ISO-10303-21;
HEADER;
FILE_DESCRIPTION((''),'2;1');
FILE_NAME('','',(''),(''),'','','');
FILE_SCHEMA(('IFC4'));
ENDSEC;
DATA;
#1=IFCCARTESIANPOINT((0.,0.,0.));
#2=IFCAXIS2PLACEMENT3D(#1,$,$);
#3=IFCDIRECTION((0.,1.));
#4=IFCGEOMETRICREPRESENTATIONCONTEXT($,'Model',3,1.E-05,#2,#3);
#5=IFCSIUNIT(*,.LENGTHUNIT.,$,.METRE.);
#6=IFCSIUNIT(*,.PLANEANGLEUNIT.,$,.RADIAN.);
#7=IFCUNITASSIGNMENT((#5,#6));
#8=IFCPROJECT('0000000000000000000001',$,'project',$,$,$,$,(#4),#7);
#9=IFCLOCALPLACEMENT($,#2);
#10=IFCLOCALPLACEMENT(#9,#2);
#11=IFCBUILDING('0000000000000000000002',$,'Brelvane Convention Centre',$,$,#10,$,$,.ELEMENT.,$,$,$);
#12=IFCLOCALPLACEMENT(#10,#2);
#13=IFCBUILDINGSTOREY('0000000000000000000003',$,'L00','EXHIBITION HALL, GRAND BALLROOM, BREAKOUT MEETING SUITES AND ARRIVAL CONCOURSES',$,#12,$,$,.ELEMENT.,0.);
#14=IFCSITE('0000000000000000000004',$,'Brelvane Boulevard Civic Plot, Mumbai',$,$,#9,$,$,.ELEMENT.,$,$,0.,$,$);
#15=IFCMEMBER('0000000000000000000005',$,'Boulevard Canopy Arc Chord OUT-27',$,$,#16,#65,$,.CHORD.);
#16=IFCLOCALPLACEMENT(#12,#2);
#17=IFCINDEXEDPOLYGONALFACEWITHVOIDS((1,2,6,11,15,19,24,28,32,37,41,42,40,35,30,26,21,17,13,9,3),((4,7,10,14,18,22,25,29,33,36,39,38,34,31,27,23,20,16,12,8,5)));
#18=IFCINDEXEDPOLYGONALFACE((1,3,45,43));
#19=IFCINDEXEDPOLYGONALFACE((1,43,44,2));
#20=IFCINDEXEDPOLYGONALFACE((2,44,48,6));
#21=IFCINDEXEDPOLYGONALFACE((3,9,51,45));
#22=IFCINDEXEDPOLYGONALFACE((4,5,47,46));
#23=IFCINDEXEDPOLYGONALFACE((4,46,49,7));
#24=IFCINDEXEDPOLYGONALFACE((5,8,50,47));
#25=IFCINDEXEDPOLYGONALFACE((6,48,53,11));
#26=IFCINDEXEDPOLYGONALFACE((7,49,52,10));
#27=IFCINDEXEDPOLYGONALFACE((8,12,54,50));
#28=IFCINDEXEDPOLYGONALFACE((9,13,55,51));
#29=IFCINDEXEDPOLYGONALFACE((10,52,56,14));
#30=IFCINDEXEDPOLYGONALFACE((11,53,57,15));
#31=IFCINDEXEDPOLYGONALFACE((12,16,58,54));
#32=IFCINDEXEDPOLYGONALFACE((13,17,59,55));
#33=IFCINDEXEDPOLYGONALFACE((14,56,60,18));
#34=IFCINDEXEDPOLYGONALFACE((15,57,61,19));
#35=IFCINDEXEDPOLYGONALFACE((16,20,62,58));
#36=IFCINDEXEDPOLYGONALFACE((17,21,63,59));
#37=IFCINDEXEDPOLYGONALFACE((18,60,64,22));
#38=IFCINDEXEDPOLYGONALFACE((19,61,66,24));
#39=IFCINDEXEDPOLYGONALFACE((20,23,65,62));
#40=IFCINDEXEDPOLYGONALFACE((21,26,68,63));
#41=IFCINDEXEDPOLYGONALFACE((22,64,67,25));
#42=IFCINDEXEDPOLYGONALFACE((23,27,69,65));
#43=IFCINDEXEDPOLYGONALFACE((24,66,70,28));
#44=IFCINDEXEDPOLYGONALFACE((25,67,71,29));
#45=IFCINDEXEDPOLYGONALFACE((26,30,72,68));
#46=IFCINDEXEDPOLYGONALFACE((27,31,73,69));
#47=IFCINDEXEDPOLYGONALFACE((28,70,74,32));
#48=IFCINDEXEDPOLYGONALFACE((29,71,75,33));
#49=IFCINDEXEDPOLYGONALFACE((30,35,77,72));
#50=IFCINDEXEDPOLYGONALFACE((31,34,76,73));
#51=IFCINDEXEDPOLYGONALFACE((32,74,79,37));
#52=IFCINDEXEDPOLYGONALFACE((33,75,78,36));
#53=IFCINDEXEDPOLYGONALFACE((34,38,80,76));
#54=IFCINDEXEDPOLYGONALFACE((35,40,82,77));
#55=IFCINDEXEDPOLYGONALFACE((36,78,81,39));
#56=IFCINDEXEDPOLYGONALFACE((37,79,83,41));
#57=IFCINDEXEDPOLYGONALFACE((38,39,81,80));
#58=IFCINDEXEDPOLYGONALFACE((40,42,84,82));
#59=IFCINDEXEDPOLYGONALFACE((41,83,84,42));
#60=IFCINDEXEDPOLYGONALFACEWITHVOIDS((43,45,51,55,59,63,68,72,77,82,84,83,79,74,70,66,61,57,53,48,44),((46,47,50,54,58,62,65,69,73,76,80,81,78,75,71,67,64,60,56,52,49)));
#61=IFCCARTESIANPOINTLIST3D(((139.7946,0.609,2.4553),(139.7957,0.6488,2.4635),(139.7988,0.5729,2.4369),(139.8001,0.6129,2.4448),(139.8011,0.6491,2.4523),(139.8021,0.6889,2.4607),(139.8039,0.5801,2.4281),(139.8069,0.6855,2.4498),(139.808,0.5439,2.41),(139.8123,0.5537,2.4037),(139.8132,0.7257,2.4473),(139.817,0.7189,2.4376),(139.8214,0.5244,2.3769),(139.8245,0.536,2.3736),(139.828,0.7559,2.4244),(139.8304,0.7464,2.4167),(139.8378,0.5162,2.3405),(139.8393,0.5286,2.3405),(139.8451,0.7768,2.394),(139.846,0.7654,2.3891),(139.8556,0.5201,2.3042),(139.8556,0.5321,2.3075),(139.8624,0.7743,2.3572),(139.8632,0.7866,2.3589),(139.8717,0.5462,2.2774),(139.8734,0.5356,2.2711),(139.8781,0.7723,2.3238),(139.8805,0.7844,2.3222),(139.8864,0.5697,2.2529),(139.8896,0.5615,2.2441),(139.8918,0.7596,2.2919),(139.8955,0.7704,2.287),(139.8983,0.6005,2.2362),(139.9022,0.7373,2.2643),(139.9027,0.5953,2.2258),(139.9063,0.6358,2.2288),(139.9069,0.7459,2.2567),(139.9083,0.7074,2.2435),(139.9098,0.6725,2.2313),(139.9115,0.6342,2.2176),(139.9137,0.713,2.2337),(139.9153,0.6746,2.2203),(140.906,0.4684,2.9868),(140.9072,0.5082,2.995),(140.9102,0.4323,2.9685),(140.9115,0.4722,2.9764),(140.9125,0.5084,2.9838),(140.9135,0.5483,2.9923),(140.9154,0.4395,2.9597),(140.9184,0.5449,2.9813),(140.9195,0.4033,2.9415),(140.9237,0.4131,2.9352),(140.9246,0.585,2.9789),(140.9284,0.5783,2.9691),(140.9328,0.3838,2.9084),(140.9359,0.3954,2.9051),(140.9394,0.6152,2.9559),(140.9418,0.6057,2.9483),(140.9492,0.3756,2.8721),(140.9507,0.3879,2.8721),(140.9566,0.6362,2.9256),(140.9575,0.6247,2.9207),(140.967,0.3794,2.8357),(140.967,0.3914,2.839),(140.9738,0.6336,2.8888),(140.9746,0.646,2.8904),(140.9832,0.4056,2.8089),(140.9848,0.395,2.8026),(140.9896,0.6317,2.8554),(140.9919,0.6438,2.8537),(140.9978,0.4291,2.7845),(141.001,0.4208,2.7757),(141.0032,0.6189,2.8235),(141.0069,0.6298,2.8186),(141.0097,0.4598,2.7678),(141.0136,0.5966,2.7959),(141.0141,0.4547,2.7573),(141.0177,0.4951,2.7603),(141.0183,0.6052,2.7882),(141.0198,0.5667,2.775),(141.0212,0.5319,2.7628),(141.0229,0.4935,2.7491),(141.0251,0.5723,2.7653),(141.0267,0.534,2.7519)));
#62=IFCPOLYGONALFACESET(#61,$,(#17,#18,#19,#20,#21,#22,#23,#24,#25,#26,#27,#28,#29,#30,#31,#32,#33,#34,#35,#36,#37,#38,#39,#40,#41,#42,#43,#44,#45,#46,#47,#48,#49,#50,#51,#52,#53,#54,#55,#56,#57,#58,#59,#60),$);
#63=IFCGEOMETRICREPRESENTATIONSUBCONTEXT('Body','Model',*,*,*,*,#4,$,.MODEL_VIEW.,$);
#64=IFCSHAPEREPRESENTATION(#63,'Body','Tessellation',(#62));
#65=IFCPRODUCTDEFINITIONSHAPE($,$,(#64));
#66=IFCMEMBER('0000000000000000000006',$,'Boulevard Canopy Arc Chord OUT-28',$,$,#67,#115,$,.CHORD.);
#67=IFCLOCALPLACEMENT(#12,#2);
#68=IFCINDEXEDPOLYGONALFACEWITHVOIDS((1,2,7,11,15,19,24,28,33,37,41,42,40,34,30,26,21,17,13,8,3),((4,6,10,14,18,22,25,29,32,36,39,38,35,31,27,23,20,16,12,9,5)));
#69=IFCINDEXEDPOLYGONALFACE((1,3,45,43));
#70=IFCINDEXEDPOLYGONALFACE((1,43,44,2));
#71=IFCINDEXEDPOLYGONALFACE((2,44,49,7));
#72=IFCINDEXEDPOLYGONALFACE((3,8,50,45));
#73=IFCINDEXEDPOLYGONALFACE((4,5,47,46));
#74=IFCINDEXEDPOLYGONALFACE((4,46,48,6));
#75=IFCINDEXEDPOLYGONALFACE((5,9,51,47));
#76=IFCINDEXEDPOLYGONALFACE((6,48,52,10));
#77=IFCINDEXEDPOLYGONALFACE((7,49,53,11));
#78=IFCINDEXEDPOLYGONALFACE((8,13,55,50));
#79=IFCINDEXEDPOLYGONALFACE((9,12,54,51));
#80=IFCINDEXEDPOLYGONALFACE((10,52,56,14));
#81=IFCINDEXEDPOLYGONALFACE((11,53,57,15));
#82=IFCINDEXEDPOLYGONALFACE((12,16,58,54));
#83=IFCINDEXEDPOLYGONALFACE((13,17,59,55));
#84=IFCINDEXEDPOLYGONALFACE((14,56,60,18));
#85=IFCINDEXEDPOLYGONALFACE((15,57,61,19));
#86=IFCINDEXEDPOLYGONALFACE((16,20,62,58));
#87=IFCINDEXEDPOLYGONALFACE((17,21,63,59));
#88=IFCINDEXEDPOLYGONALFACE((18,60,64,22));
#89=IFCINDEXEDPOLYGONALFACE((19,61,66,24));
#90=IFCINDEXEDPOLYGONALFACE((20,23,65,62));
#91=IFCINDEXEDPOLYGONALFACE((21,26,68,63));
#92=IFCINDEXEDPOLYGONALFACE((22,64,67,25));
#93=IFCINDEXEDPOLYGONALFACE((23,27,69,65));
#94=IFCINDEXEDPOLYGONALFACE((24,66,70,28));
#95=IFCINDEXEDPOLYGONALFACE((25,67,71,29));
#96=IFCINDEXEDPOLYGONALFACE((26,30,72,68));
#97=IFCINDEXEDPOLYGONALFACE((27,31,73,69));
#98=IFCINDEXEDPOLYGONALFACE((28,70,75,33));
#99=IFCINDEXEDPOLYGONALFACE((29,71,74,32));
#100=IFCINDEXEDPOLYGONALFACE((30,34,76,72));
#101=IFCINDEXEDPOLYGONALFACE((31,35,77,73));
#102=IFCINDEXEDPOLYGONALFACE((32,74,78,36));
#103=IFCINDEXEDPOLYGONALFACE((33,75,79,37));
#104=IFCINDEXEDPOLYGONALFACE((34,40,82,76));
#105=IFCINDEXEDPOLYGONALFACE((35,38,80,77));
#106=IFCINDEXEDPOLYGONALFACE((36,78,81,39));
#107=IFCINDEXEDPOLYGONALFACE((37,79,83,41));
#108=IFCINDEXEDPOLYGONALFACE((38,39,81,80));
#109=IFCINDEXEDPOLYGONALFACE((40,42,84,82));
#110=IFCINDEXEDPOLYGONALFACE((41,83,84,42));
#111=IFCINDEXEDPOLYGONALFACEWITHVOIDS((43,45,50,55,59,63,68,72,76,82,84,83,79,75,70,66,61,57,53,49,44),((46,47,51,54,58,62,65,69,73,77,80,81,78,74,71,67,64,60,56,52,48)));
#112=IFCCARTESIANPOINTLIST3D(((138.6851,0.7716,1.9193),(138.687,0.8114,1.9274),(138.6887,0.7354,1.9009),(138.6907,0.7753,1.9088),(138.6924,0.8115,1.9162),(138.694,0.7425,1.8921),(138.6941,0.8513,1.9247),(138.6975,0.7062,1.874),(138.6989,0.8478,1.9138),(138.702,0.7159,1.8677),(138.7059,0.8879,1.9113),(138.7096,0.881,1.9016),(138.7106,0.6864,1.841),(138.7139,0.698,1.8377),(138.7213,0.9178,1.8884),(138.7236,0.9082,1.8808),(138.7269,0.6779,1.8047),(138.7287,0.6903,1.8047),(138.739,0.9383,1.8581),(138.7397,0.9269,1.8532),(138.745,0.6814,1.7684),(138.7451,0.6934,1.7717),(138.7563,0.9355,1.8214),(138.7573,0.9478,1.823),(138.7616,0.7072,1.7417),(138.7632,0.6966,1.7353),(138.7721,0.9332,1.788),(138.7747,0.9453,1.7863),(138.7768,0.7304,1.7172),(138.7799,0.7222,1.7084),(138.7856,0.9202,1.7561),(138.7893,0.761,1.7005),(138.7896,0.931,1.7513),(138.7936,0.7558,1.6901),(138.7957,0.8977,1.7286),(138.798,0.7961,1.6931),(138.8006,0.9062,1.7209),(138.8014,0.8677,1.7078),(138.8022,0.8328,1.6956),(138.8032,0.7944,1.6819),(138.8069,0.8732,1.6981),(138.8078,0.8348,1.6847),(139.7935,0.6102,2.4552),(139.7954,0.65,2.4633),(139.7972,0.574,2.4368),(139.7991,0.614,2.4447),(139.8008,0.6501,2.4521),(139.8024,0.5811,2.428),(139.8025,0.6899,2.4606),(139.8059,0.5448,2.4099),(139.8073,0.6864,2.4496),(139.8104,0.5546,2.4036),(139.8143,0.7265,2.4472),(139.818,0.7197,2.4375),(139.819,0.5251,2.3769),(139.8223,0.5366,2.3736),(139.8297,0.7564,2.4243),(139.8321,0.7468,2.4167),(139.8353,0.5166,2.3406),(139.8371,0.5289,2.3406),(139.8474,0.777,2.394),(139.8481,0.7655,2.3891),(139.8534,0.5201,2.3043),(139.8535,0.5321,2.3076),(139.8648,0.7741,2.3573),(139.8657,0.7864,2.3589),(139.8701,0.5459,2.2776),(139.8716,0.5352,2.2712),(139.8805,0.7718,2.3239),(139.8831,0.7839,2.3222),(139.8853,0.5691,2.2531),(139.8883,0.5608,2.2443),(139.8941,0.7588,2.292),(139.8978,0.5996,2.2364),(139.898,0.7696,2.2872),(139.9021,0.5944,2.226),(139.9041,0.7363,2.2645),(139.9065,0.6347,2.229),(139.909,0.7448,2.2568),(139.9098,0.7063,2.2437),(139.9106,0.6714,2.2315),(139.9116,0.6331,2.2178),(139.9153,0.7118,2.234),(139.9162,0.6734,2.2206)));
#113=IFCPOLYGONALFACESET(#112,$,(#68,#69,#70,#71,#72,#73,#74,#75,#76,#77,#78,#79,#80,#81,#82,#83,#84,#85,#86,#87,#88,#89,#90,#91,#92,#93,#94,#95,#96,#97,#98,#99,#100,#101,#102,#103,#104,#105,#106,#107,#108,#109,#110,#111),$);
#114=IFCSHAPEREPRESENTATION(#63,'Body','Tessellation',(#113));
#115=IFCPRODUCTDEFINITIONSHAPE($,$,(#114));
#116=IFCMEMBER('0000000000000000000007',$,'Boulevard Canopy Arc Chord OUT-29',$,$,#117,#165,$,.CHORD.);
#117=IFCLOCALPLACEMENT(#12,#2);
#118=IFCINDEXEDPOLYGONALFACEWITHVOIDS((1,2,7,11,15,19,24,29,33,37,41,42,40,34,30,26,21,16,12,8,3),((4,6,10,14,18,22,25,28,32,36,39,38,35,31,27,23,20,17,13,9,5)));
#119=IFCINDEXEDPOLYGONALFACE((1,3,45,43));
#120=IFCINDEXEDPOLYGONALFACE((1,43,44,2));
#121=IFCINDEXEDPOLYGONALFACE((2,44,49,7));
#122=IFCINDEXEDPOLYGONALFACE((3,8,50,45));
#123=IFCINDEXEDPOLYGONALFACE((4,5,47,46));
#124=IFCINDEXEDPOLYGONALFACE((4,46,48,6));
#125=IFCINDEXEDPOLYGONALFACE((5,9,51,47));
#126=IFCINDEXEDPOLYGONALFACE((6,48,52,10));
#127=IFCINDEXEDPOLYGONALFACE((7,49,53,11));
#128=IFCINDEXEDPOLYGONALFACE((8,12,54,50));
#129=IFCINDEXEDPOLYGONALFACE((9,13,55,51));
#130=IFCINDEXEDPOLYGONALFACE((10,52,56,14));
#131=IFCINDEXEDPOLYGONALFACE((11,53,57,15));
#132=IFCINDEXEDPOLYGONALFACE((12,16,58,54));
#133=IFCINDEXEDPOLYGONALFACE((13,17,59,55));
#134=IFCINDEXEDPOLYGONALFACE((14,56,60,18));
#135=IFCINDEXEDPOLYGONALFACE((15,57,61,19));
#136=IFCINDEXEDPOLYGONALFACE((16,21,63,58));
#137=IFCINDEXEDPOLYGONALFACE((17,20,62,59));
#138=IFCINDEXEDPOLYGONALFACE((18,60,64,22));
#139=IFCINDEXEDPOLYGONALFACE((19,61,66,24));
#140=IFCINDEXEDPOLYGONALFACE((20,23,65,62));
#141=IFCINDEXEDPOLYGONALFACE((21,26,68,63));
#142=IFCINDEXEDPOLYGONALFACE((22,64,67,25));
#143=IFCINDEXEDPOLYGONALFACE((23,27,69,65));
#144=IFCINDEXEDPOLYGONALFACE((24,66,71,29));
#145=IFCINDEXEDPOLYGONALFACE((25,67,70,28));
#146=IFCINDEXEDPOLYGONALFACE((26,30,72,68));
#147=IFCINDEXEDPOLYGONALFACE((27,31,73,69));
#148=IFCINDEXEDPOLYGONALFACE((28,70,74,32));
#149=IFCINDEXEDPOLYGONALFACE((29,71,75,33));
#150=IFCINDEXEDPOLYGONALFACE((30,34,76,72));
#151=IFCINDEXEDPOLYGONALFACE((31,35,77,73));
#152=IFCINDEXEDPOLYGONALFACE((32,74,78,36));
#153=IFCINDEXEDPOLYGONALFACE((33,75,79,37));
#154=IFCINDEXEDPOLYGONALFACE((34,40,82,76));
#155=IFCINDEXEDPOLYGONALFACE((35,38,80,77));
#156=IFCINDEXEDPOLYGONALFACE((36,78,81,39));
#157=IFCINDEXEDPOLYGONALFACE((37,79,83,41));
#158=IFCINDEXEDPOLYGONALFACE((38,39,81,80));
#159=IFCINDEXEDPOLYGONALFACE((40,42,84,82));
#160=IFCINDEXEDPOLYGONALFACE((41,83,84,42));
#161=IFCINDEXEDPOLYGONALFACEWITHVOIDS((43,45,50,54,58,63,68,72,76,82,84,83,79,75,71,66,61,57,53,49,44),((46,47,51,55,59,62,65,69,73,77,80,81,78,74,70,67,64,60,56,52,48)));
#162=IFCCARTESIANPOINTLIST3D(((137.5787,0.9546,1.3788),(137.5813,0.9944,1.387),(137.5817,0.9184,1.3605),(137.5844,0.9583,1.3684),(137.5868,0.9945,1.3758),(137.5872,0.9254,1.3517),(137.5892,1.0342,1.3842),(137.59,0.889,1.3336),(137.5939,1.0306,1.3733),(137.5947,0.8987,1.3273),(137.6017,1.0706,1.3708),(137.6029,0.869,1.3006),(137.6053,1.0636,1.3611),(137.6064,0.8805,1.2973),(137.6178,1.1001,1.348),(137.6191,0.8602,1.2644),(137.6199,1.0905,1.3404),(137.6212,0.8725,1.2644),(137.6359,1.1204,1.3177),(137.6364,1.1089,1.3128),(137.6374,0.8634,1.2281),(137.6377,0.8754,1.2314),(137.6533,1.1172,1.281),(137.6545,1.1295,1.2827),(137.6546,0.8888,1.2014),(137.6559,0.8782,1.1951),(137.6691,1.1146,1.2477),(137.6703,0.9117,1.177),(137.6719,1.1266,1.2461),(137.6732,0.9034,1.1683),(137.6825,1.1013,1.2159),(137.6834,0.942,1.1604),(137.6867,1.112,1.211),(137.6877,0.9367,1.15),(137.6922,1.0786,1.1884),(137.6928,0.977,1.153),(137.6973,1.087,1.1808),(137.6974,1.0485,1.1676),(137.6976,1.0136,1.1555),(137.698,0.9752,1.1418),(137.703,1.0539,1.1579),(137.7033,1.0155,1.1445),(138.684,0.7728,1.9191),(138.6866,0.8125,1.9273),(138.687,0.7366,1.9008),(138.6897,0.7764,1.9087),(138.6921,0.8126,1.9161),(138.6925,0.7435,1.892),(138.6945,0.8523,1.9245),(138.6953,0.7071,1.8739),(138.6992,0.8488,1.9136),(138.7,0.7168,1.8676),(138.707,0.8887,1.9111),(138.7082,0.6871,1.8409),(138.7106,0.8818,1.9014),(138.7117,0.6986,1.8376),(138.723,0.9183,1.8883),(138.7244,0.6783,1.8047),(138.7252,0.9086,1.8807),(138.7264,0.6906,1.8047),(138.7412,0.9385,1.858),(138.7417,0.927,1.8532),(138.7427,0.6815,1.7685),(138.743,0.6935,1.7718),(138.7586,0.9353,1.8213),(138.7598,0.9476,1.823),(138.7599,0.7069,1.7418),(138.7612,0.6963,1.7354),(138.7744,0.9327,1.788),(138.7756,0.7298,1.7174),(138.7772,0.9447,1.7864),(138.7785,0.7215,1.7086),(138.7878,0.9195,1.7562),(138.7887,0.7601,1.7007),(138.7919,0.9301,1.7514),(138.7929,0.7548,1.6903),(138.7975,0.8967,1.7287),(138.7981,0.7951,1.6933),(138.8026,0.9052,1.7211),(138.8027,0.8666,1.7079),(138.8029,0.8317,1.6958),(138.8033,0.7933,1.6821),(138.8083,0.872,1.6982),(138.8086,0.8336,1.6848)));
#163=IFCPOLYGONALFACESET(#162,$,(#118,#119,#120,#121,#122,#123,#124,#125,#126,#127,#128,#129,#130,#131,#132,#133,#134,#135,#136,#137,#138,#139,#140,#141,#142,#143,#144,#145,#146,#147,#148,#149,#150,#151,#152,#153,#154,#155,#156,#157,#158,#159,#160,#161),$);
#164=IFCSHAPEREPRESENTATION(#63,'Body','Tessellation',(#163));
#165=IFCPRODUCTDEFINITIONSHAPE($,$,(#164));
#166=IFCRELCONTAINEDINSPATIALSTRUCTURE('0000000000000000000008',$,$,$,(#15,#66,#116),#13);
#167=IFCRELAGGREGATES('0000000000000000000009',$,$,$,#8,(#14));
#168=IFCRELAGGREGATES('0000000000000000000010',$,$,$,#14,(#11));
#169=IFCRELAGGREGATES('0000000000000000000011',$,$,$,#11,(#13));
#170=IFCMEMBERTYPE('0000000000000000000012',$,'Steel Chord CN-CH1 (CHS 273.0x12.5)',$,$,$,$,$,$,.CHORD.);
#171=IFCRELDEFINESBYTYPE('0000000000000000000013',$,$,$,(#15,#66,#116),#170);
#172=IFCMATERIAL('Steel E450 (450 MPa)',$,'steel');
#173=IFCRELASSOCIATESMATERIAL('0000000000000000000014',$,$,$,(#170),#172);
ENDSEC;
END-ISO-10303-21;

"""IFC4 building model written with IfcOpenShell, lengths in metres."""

from ifc_helpers import new_model, si_unit, direction, frame, origin, origin_2d, place, context, subcontext, project, spatial, hollow_circle, extrude, material, material_profile, profile_set, type_object, element, save


model = new_model("IFC4")

# Units and contexts
model_context = context("Model", 3, precision=1e-05, world=origin(), true_north=direction((0.0, 1.0)))
body_context = subcontext(model_context, "Body", "Model", "MODEL_VIEW")
ifc_project = project(units=[si_unit("LENGTHUNIT", "METRE"), si_unit("PLANEANGLEUNIT", "RADIAN")], contexts=[model_context])

# Site, building, storey
site_placement = place(None, origin())
site = spatial("IfcSite", under=ifc_project, at=site_placement, Name="Brelvane Boulevard Civic Plot, Mumbai", CompositionType="ELEMENT", RefElevation=0.0)
building_placement = place(site_placement, origin())
building = spatial("IfcBuilding", under=site, at=building_placement, Name="Brelvane Convention Centre", CompositionType="ELEMENT")
storey_placement = place(building_placement, origin())
storey = spatial("IfcBuildingStorey", under=building, at=storey_placement, Name="L00", Description="EXHIBITION HALL, GRAND BALLROOM, BREAKOUT MEETING SUITES AND ARRIVAL CONCOURSES", CompositionType="ELEMENT", Elevation=0.0)

# Members
ifc_material_1 = material(Name="Steel E450 (450 MPa)", Category="steel")
ifc_material_profile_1 = material_profile(ifc_material_1, hollow_circle(Radius=0.1365, WallThickness=0.0125, at=origin_2d()), Name="CHS 273.0x12.5")
ifc_profile_set_1 = profile_set([ifc_material_profile_1], Name="Steel E450 (450 MPa)")
member_type_1 = type_object("IfcMemberType", Name="Steel Chord CN-CH1 (CHS 273.0x12.5)", PredefinedType="CHORD", material=ifc_profile_set_1)
member_1_placement = place(storey_placement, frame((140.9663, 0.511, 2.8721), z_axis=(-0.896316, 0.113418, -0.428665), x_axis=(-0.125537, -0.992089, 0.0)))
element("IfcMember", 1, at=member_1_placement, inside=storey, type_object=member_type_1, Name="Boulevard Canopy Arc Chord OUT-27", PredefinedType="CHORD", context=body_context, shape_type="SweptSolid", body=[
    extrude(hollow_circle(Radius=0.1365, WallThickness=0.0125, at=origin_2d()), origin(), (0.0, 0.0, 1.0), 1.24),
])
member_2_placement = place(storey_placement, frame((139.855, 0.6516, 2.3406), z_axis=(-0.892661, 0.129967, -0.431584), x_axis=(-0.144076, -0.989567, 0.0)))
element("IfcMember", 2, at=member_2_placement, inside=storey, type_object=member_type_1, Name="Boulevard Canopy Arc Chord OUT-28", PredefinedType="CHORD", context=body_context, shape_type="SweptSolid", body=[
    extrude(hollow_circle(Radius=0.1365, WallThickness=0.0125, at=origin_2d()), origin(), (0.0, 0.0, 1.0), 1.2417),
])
member_3_placement = place(storey_placement, frame((138.7466, 0.813, 1.8047), z_axis=(-0.888739, 0.146258, -0.434455), x_axis=(-0.162384, -0.986728, 0.0)))
element("IfcMember", 3, at=member_3_placement, inside=storey, type_object=member_type_1, Name="Boulevard Canopy Arc Chord OUT-29", PredefinedType="CHORD", context=body_context, shape_type="SweptSolid", body=[
    extrude(hollow_circle(Radius=0.1365, WallThickness=0.0125, at=origin_2d()), origin(), (0.0, 0.0, 1.0), 1.2437),
])

save(model, "model.ifc")
